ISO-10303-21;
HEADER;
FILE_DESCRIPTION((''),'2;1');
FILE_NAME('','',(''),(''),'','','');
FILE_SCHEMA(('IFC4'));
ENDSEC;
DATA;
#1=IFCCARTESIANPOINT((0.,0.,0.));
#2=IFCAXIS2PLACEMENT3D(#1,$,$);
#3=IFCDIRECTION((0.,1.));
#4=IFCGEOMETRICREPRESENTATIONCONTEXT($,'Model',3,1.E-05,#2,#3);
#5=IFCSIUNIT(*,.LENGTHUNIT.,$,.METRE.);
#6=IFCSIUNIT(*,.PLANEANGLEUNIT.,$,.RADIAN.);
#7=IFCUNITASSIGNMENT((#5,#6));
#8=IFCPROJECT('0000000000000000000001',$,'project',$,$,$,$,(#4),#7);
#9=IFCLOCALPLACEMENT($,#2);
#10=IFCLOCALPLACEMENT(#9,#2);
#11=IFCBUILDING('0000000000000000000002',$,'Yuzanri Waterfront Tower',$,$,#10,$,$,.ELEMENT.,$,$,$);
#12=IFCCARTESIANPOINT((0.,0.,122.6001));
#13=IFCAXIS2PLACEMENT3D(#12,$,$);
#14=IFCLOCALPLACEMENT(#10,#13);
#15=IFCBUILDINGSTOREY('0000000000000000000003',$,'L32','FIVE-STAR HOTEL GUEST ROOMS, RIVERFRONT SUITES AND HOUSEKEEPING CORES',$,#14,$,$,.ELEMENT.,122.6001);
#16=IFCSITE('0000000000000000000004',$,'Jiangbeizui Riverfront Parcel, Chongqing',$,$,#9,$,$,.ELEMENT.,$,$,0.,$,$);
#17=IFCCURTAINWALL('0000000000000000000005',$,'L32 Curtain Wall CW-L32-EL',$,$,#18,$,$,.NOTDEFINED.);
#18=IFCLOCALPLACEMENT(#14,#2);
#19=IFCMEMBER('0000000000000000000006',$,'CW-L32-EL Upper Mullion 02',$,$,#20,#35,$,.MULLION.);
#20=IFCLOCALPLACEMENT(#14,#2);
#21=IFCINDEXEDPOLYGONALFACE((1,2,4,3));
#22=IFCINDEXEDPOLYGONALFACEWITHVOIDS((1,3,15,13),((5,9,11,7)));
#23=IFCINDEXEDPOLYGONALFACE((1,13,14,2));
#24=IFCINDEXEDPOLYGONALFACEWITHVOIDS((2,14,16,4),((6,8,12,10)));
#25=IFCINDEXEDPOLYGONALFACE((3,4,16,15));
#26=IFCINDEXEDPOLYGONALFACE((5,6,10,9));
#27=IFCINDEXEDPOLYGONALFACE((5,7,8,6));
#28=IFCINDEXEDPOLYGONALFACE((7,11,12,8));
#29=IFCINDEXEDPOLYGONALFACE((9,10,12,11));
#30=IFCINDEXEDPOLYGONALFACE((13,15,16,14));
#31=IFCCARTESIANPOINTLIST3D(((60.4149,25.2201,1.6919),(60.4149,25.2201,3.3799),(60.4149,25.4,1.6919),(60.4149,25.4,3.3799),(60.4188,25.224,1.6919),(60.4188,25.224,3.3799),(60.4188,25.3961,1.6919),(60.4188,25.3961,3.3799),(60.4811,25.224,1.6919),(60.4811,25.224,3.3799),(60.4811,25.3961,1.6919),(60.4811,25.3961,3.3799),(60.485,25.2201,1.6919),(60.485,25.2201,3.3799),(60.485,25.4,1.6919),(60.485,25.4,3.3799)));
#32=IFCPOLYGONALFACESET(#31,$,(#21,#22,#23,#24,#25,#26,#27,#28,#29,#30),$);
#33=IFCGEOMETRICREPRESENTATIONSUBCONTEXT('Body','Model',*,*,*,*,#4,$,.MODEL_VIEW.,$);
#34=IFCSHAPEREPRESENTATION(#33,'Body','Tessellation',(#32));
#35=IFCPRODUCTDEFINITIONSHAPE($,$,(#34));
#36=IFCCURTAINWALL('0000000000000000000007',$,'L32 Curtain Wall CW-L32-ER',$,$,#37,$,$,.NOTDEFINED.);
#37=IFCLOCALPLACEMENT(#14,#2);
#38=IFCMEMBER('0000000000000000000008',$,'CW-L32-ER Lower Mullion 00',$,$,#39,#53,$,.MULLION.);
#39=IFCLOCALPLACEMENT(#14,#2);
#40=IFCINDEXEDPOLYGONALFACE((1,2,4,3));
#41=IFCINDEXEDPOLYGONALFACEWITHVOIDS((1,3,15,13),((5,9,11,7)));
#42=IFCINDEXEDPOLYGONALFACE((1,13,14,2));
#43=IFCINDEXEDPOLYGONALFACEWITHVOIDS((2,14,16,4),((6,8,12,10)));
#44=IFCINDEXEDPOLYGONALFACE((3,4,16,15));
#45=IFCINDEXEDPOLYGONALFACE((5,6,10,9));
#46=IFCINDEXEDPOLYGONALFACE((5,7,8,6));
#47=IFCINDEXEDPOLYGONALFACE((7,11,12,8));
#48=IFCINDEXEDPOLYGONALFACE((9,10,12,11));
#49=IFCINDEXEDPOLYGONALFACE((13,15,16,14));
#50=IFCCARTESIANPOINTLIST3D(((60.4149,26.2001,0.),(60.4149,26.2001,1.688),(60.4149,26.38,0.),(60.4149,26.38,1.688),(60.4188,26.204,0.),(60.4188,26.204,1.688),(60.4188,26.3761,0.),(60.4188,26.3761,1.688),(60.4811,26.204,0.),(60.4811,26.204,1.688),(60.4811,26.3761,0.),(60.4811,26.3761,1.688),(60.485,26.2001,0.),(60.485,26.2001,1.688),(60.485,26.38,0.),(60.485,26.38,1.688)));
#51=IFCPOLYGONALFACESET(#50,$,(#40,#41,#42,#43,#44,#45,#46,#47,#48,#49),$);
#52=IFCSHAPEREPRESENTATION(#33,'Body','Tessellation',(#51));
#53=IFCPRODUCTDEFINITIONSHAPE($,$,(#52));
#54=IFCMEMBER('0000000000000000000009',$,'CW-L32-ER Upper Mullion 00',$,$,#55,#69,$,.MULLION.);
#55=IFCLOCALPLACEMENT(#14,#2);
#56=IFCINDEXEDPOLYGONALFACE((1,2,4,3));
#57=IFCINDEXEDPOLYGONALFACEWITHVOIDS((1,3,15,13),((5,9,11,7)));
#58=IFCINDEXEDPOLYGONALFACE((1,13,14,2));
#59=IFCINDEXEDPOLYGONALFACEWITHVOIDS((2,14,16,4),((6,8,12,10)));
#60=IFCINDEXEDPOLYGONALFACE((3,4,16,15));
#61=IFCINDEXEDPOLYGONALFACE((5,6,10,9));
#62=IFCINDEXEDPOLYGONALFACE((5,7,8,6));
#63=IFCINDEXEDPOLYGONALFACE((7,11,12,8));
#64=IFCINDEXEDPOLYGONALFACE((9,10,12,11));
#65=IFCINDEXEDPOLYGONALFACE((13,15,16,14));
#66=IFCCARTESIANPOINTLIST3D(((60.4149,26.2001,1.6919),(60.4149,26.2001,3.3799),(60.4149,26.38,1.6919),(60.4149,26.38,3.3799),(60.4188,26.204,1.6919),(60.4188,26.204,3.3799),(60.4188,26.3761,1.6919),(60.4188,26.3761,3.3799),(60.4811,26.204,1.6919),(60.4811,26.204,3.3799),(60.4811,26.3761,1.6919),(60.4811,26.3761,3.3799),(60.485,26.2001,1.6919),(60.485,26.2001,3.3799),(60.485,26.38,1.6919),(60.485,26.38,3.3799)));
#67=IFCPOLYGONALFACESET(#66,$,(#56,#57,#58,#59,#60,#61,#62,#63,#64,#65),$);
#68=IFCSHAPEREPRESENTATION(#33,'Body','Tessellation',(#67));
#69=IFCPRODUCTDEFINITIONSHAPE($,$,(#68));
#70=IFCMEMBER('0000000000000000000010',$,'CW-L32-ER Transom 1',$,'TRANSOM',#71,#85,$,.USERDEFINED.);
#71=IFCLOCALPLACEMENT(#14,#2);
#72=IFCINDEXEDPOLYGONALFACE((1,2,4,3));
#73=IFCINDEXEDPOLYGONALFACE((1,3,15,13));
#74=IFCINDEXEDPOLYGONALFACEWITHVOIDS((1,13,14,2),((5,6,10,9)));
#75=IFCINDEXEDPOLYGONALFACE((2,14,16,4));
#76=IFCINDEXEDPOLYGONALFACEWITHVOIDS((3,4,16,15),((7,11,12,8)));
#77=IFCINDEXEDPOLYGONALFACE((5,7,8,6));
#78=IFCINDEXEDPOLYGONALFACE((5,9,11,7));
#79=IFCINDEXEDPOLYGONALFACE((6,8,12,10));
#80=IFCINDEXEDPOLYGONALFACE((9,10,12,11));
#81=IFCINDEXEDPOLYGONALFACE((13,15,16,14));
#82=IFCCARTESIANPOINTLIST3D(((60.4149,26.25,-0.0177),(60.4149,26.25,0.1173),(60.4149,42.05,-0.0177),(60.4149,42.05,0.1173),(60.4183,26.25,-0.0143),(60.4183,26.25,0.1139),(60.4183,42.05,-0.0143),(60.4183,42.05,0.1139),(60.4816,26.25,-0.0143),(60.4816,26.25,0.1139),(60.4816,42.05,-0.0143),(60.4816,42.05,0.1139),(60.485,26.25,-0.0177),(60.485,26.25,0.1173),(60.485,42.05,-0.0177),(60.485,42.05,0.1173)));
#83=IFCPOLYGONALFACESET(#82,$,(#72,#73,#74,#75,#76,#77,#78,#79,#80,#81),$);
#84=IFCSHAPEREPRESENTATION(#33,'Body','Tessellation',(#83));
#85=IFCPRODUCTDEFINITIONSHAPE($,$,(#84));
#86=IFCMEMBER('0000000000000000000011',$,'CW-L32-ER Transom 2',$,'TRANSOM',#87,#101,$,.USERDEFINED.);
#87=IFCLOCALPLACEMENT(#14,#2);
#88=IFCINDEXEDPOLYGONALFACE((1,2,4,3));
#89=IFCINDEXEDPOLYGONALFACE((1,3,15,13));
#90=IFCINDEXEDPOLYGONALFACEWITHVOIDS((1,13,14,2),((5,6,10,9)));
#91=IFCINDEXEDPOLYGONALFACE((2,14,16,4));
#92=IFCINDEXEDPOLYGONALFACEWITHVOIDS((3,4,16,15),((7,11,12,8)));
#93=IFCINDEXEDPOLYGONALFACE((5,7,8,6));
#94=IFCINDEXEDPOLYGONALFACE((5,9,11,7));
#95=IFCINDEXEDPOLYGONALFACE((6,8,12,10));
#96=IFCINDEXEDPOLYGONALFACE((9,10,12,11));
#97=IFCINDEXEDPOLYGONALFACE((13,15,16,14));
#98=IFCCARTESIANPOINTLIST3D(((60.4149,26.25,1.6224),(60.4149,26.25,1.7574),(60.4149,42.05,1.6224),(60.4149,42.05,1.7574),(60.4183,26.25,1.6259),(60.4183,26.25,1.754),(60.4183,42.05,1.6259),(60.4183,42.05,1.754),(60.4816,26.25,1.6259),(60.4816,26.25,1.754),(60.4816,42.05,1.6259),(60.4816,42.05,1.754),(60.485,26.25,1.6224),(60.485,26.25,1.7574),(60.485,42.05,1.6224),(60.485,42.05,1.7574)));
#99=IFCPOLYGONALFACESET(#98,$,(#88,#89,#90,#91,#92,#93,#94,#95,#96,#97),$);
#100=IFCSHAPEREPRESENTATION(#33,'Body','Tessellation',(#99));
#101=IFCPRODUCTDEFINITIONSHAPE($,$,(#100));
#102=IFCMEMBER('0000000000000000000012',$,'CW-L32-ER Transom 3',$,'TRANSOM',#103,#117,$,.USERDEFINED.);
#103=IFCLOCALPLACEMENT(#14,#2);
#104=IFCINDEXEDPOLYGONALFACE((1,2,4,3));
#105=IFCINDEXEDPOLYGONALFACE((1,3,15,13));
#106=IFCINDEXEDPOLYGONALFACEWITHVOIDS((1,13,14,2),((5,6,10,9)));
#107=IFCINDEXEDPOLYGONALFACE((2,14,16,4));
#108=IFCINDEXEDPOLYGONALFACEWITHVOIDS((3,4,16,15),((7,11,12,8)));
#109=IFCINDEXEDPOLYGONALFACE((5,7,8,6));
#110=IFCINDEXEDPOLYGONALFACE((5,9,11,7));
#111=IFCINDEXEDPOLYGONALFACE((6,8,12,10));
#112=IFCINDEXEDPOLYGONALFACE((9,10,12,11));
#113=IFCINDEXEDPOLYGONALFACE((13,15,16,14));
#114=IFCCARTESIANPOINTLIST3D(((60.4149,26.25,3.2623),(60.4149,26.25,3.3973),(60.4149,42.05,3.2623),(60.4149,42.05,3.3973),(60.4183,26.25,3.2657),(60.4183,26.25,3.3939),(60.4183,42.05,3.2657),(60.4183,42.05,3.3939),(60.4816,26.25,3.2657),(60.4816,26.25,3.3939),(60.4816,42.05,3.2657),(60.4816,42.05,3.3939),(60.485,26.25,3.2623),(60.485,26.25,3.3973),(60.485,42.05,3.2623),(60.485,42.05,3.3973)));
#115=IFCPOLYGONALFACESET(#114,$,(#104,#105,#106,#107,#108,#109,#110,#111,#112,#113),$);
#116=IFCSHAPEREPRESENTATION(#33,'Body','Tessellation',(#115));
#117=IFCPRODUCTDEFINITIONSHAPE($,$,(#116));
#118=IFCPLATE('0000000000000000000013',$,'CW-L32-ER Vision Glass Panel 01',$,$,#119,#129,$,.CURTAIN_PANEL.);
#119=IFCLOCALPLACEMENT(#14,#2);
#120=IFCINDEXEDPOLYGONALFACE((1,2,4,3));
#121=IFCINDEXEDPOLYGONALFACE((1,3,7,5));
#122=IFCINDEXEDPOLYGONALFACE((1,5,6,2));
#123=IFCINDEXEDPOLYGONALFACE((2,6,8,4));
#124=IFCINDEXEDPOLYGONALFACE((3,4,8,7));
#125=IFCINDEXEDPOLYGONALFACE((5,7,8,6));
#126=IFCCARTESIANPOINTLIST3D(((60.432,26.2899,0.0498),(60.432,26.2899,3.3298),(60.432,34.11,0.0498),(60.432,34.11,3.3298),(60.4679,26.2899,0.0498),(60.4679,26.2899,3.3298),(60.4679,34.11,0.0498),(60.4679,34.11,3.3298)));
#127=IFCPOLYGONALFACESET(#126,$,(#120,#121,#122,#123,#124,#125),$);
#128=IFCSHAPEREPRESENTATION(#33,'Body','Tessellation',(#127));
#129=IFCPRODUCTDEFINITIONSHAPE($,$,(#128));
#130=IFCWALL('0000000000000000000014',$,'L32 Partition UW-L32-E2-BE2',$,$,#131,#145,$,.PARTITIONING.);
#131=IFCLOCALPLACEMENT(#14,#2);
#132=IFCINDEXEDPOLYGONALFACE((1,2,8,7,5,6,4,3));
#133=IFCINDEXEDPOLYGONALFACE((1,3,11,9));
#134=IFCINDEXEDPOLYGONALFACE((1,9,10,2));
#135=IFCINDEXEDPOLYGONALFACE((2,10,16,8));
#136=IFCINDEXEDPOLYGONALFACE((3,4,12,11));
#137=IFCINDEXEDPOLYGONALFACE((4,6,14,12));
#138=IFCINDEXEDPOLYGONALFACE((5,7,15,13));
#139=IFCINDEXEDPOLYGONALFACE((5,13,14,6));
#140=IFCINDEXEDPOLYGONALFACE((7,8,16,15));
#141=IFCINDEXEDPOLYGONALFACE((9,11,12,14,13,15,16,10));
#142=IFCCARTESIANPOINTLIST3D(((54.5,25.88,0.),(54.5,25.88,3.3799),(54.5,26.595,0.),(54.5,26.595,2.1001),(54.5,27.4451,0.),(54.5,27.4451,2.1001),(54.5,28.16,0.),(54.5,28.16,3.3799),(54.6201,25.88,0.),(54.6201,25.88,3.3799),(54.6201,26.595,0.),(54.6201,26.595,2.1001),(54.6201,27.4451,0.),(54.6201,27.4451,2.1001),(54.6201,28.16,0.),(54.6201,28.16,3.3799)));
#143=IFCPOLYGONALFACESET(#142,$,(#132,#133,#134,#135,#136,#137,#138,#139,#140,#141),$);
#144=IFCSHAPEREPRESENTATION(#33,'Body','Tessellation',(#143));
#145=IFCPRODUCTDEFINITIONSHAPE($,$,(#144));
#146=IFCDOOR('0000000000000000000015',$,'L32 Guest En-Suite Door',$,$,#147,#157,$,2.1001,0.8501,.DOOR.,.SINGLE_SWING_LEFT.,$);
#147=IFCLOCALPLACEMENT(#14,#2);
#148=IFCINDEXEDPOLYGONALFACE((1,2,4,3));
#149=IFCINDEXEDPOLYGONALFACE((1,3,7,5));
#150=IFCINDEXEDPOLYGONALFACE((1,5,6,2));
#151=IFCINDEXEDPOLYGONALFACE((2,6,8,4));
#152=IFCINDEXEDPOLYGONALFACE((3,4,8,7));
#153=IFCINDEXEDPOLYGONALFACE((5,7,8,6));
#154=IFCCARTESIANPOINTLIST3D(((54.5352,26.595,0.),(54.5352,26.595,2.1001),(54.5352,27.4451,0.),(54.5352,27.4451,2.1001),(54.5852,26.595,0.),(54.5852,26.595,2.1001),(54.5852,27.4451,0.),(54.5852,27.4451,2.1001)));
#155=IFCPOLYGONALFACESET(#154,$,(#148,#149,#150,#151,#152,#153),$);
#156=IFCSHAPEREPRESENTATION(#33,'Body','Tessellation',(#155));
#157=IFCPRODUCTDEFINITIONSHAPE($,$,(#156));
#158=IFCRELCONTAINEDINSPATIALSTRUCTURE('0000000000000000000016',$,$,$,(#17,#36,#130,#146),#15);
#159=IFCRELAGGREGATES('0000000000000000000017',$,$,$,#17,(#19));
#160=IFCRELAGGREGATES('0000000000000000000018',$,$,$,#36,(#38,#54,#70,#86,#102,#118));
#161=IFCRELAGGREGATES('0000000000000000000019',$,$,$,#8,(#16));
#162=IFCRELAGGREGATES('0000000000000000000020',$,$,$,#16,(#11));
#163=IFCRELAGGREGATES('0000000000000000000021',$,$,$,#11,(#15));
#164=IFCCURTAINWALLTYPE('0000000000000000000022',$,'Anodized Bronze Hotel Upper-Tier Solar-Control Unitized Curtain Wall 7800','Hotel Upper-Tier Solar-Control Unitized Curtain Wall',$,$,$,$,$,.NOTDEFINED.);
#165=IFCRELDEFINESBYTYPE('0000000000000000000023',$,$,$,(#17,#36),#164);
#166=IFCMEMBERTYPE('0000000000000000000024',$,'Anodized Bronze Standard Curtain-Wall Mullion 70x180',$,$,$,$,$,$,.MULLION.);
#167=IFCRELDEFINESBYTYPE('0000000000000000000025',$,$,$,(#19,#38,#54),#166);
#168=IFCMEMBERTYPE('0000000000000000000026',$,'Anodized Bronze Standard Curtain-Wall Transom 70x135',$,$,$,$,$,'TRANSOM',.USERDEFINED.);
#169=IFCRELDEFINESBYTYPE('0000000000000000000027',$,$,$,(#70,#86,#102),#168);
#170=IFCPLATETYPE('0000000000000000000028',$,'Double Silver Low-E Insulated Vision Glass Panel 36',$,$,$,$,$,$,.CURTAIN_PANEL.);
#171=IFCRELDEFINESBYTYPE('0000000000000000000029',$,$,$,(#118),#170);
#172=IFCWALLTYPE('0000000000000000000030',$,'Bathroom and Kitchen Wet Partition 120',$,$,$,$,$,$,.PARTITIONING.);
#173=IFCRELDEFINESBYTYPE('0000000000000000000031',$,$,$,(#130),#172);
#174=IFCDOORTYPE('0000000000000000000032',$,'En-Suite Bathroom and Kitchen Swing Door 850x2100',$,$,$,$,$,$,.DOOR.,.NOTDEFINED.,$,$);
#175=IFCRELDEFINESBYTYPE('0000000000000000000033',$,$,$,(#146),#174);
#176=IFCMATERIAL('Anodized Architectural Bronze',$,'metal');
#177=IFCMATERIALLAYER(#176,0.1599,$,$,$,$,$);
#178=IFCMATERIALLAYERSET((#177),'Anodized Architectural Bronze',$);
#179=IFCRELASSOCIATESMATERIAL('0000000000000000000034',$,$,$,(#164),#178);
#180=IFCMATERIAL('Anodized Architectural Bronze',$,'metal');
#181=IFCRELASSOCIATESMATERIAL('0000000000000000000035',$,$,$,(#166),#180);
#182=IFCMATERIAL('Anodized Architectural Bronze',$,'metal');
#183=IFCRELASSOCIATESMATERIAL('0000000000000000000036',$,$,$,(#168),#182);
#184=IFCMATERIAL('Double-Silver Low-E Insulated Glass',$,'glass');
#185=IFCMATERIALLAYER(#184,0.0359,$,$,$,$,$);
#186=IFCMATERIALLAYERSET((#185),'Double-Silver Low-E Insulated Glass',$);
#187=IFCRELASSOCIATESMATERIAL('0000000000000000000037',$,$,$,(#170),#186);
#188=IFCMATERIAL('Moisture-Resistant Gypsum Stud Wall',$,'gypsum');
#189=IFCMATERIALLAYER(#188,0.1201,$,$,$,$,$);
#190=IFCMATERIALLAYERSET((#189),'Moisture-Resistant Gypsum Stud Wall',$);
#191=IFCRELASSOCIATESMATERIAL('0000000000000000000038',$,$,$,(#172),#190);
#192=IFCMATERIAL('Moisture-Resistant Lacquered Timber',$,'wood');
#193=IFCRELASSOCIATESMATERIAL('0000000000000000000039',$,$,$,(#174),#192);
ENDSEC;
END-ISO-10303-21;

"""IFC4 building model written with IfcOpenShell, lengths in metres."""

from ifc_helpers import new_model, si_unit, direction, frame, frame_2d, origin, origin_2d, place, context, subcontext, project, spatial, rectangle, hollow_rectangle, extrude, source, transform, mapped, material, layer, layer_set, material_profile, profile_set, type_object, element, fill, aggregate, save


model = new_model("IFC4")

# Units and contexts
model_context = context("Model", 3, precision=1e-05, world=origin(), true_north=direction((0.0, 1.0)))
body_context = subcontext(model_context, "Body", "Model", "MODEL_VIEW")
ifc_project = project(units=[si_unit("LENGTHUNIT", "METRE"), si_unit("PLANEANGLEUNIT", "RADIAN")], contexts=[model_context])

# Site, building, storey
site_placement = place(None, origin())
site = spatial("IfcSite", under=ifc_project, at=site_placement, Name="Jiangbeizui Riverfront Parcel, Chongqing", CompositionType="ELEMENT", RefElevation=0.0)
building_placement = place(site_placement, origin())
building = spatial("IfcBuilding", under=site, at=building_placement, Name="Yuzanri Waterfront Tower", CompositionType="ELEMENT")
storey_placement = place(building_placement, frame((0.0, 0.0, 122.6001)))
storey = spatial("IfcBuildingStorey", under=building, at=storey_placement, Name="L32", Description="FIVE-STAR HOTEL GUEST ROOMS, RIVERFRONT SUITES AND HOUSEKEEPING CORES", CompositionType="ELEMENT", Elevation=122.6001)

# Curtain wall, member
ifc_material_1 = material(Name="Anodized Architectural Bronze", Category="metal")
ifc_layer_1 = layer(ifc_material_1, 0.1599)
ifc_layer_set_1 = layer_set([ifc_layer_1], Name="Anodized Architectural Bronze")
curtain_wall_type = type_object("IfcCurtainWallType", Name="Anodized Bronze Hotel Upper-Tier Solar-Control Unitized Curtain Wall 7800", Description="Hotel Upper-Tier Solar-Control Unitized Curtain Wall", PredefinedType="NOTDEFINED", material=ifc_layer_set_1)
curtain_wall_1_placement = place(storey_placement, origin())
curtain_wall_1 = element("IfcCurtainWall", 1, at=curtain_wall_1_placement, inside=storey, type_object=curtain_wall_type, Name="L32 Curtain Wall CW-L32-EL", PredefinedType="NOTDEFINED")
ifc_material_2 = material(Name="Anodized Architectural Bronze", Category="metal")
ifc_material_profile_1 = material_profile(ifc_material_2, hollow_rectangle(XDim=0.0701, YDim=0.1799, WallThickness=0.0039, at=origin_2d()), Name="CWM 70x180")
ifc_profile_set_1 = profile_set([ifc_material_profile_1], Name="Anodized Architectural Bronze")
member_type_1 = type_object("IfcMemberType", Name="Anodized Bronze Standard Curtain-Wall Mullion 70x180", PredefinedType="MULLION", material=ifc_profile_set_1)
shared_shape_1 = source(origin(), body_context, "Body", "SweptSolid", [
    extrude(hollow_rectangle(XDim=0.0701, YDim=0.1799, WallThickness=0.0039, at=origin_2d()), origin(), (0.0, 0.0, 1.0), 1.688),
])
member_1_placement = place(storey_placement, frame((60.45, 25.3101, 1.6919), z_axis=(0.0, 0.0, 1.0), x_axis=(1.0, 0.0, 0.0)))
member_1 = element("IfcMember", 2, at=member_1_placement, type_object=member_type_1, Name="CW-L32-EL Upper Mullion 02", PredefinedType="MULLION", context=body_context, shape_type="MappedRepresentation", body=[
    mapped(shared_shape_1, transform((0.0, 0.0, 0.0), scale=1.0)),
])
aggregate(curtain_wall_1, [member_1])

# Curtain wall, members, plate
curtain_wall_2_placement = place(storey_placement, origin())
curtain_wall_2 = element("IfcCurtainWall", 3, at=curtain_wall_2_placement, inside=storey, type_object=curtain_wall_type, Name="L32 Curtain Wall CW-L32-ER", PredefinedType="NOTDEFINED")
member_2_placement = place(storey_placement, frame((60.45, 26.29, 0.0), z_axis=(0.0, 0.0, 1.0), x_axis=(1.0, 0.0, 0.0)))
member_2 = element("IfcMember", 4, at=member_2_placement, type_object=member_type_1, Name="CW-L32-ER Lower Mullion 00", PredefinedType="MULLION", context=body_context, shape_type="MappedRepresentation", body=[
    mapped(shared_shape_1, transform((0.0, 0.0, 0.0), scale=1.0)),
])
member_3_placement = place(storey_placement, frame((60.45, 26.29, 1.6919), z_axis=(0.0, 0.0, 1.0), x_axis=(1.0, 0.0, 0.0)))
member_3 = element("IfcMember", 5, at=member_3_placement, type_object=member_type_1, Name="CW-L32-ER Upper Mullion 00", PredefinedType="MULLION", context=body_context, shape_type="MappedRepresentation", body=[
    mapped(shared_shape_1, transform((0.0, 0.0, 0.0), scale=1.0)),
])
ifc_material_3 = material(Name="Anodized Architectural Bronze", Category="metal")
ifc_material_profile_2 = material_profile(ifc_material_3, hollow_rectangle(XDim=0.0701, YDim=0.135, WallThickness=0.0034, at=origin_2d()), Name="CWT 70x135")
ifc_profile_set_2 = profile_set([ifc_material_profile_2], Name="Anodized Architectural Bronze")
member_type_2 = type_object("IfcMemberType", Name="Anodized Bronze Standard Curtain-Wall Transom 70x135", ElementType="TRANSOM", PredefinedType="USERDEFINED", material=ifc_profile_set_2)
shared_shape_2 = source(origin(), body_context, "Body", "SweptSolid", [
    extrude(hollow_rectangle(XDim=0.0701, YDim=0.135, WallThickness=0.0034, at=origin_2d()), origin(), (0.0, 0.0, 1.0), 15.8),
])
member_4_placement = place(storey_placement, frame((60.45, 26.25, 0.0498), z_axis=(0.0, 1.0, 0.0), x_axis=(-1.0, 0.0, 0.0)))
member_4 = element("IfcMember", 6, at=member_4_placement, type_object=member_type_2, Name="CW-L32-ER Transom 1", ObjectType="TRANSOM", PredefinedType="USERDEFINED", context=body_context, shape_type="MappedRepresentation", body=[
    mapped(shared_shape_2, transform((0.0, 0.0, 0.0), scale=1.0)),
])
member_5_placement = place(storey_placement, frame((60.45, 26.25, 1.6899), z_axis=(0.0, 1.0, 0.0), x_axis=(-1.0, 0.0, 0.0)))
member_5 = element("IfcMember", 7, at=member_5_placement, type_object=member_type_2, Name="CW-L32-ER Transom 2", ObjectType="TRANSOM", PredefinedType="USERDEFINED", context=body_context, shape_type="MappedRepresentation", body=[
    mapped(shared_shape_2, transform((0.0, 0.0, 0.0), scale=1.0)),
])
member_6_placement = place(storey_placement, frame((60.45, 26.25, 3.3298), z_axis=(0.0, 1.0, 0.0), x_axis=(-1.0, 0.0, 0.0)))
member_6 = element("IfcMember", 8, at=member_6_placement, type_object=member_type_2, Name="CW-L32-ER Transom 3", ObjectType="TRANSOM", PredefinedType="USERDEFINED", context=body_context, shape_type="MappedRepresentation", body=[
    mapped(shared_shape_2, transform((0.0, 0.0, 0.0), scale=1.0)),
])
ifc_material_4 = material(Name="Double-Silver Low-E Insulated Glass", Category="glass")
ifc_layer_2 = layer(ifc_material_4, 0.0359)
ifc_layer_set_2 = layer_set([ifc_layer_2], Name="Double-Silver Low-E Insulated Glass")
plate_type = type_object("IfcPlateType", Name="Double Silver Low-E Insulated Vision Glass Panel 36", PredefinedType="CURTAIN_PANEL", material=ifc_layer_set_2)
shared_shape_3 = source(origin(), body_context, "Body", "SweptSolid", [
    extrude(rectangle(XDim=7.8201, YDim=0.0359, at=origin_2d()), origin(), (0.0, 0.0, 1.0), 3.28),
])
plate_placement = place(storey_placement, frame((60.45, 30.2, 0.0498), z_axis=(0.0, 0.0, 1.0), x_axis=(0.0, 1.0, 0.0)))
plate = element("IfcPlate", 9, at=plate_placement, type_object=plate_type, Name="CW-L32-ER Vision Glass Panel 01", PredefinedType="CURTAIN_PANEL", context=body_context, shape_type="MappedRepresentation", body=[
    mapped(shared_shape_3, transform((0.0, 0.0, 0.0), scale=1.0)),
])
aggregate(curtain_wall_2, [member_2, member_3, member_4, member_5, member_6, plate])

# Wall, opening, door
ifc_material_5 = material(Name="Moisture-Resistant Gypsum Stud Wall", Category="gypsum")
ifc_layer_3 = layer(ifc_material_5, 0.1201)
ifc_layer_set_3 = layer_set([ifc_layer_3], Name="Moisture-Resistant Gypsum Stud Wall")
wall_type_1 = type_object("IfcWallType", Name="Bathroom and Kitchen Wet Partition 120", PredefinedType="PARTITIONING", material=ifc_layer_set_3)
wall_1_placement = place(storey_placement, frame((54.5601, 25.8799, 0.0), z_axis=(0.0, 0.0, 1.0), x_axis=(0.0, 1.0, 0.0)))
wall_1 = element("IfcWall", 10, at=wall_1_placement, inside=storey, type_object=wall_type_1, Name="L32 Partition UW-L32-E2-BE2", PredefinedType="PARTITIONING", context=body_context, shape_type="SweptSolid", body=[
    extrude(rectangle(XDim=2.28, YDim=0.1201, at=frame_2d((1.1401, 0.0))), origin(), (0.0, 0.0, 1.0), 3.3799),
])
opening_1_placement = place(wall_1_placement, frame((0.7151, 0.0, 0.0)))
opening_1 = element("IfcOpeningElement", 11, at=opening_1_placement, cuts=wall_1, PredefinedType="OPENING", context=body_context, shape_type="SweptSolid", body=[
    extrude(rectangle(XDim=0.8501, YDim=2.1001, at=frame_2d((0.425, 1.05))), frame((0.0, 0.075, 0.0), z_axis=(0.0, -1.0, 0.0), x_axis=(1.0, 0.0, 0.0)), (0.0, 0.0, 1.0), 0.1499),
])
ifc_material_6 = material(Name="Moisture-Resistant Lacquered Timber", Category="wood")
door_type_1 = type_object("IfcDoorType", Name="En-Suite Bathroom and Kitchen Swing Door 850x2100", OperationType="NOTDEFINED", PredefinedType="DOOR", material=ifc_material_6)
shared_shape_4 = source(origin(), body_context, "Body", "SweptSolid", [
    extrude(rectangle(XDim=0.8501, YDim=2.1001, at=frame_2d((0.425, 1.05))), frame((0.0, 0.0249, 0.0), z_axis=(0.0, -1.0, 0.0), x_axis=(1.0, 0.0, 0.0)), (0.0, 0.0, 1.0), 0.05),
])
door_1_placement = place(opening_1_placement, origin())
door_1 = element("IfcDoor", 12, at=door_1_placement, inside=storey, type_object=door_type_1, Name="L32 Guest En-Suite Door", OperationType="SINGLE_SWING_LEFT", OverallHeight=2.1001, OverallWidth=0.8501, PredefinedType="DOOR", context=body_context, shape_type="MappedRepresentation", body=[
    mapped(shared_shape_4, transform((0.0, 0.0, 0.0), scale=1.0)),
])
fill(opening_1, door_1)

save(model, "model.ifc")
